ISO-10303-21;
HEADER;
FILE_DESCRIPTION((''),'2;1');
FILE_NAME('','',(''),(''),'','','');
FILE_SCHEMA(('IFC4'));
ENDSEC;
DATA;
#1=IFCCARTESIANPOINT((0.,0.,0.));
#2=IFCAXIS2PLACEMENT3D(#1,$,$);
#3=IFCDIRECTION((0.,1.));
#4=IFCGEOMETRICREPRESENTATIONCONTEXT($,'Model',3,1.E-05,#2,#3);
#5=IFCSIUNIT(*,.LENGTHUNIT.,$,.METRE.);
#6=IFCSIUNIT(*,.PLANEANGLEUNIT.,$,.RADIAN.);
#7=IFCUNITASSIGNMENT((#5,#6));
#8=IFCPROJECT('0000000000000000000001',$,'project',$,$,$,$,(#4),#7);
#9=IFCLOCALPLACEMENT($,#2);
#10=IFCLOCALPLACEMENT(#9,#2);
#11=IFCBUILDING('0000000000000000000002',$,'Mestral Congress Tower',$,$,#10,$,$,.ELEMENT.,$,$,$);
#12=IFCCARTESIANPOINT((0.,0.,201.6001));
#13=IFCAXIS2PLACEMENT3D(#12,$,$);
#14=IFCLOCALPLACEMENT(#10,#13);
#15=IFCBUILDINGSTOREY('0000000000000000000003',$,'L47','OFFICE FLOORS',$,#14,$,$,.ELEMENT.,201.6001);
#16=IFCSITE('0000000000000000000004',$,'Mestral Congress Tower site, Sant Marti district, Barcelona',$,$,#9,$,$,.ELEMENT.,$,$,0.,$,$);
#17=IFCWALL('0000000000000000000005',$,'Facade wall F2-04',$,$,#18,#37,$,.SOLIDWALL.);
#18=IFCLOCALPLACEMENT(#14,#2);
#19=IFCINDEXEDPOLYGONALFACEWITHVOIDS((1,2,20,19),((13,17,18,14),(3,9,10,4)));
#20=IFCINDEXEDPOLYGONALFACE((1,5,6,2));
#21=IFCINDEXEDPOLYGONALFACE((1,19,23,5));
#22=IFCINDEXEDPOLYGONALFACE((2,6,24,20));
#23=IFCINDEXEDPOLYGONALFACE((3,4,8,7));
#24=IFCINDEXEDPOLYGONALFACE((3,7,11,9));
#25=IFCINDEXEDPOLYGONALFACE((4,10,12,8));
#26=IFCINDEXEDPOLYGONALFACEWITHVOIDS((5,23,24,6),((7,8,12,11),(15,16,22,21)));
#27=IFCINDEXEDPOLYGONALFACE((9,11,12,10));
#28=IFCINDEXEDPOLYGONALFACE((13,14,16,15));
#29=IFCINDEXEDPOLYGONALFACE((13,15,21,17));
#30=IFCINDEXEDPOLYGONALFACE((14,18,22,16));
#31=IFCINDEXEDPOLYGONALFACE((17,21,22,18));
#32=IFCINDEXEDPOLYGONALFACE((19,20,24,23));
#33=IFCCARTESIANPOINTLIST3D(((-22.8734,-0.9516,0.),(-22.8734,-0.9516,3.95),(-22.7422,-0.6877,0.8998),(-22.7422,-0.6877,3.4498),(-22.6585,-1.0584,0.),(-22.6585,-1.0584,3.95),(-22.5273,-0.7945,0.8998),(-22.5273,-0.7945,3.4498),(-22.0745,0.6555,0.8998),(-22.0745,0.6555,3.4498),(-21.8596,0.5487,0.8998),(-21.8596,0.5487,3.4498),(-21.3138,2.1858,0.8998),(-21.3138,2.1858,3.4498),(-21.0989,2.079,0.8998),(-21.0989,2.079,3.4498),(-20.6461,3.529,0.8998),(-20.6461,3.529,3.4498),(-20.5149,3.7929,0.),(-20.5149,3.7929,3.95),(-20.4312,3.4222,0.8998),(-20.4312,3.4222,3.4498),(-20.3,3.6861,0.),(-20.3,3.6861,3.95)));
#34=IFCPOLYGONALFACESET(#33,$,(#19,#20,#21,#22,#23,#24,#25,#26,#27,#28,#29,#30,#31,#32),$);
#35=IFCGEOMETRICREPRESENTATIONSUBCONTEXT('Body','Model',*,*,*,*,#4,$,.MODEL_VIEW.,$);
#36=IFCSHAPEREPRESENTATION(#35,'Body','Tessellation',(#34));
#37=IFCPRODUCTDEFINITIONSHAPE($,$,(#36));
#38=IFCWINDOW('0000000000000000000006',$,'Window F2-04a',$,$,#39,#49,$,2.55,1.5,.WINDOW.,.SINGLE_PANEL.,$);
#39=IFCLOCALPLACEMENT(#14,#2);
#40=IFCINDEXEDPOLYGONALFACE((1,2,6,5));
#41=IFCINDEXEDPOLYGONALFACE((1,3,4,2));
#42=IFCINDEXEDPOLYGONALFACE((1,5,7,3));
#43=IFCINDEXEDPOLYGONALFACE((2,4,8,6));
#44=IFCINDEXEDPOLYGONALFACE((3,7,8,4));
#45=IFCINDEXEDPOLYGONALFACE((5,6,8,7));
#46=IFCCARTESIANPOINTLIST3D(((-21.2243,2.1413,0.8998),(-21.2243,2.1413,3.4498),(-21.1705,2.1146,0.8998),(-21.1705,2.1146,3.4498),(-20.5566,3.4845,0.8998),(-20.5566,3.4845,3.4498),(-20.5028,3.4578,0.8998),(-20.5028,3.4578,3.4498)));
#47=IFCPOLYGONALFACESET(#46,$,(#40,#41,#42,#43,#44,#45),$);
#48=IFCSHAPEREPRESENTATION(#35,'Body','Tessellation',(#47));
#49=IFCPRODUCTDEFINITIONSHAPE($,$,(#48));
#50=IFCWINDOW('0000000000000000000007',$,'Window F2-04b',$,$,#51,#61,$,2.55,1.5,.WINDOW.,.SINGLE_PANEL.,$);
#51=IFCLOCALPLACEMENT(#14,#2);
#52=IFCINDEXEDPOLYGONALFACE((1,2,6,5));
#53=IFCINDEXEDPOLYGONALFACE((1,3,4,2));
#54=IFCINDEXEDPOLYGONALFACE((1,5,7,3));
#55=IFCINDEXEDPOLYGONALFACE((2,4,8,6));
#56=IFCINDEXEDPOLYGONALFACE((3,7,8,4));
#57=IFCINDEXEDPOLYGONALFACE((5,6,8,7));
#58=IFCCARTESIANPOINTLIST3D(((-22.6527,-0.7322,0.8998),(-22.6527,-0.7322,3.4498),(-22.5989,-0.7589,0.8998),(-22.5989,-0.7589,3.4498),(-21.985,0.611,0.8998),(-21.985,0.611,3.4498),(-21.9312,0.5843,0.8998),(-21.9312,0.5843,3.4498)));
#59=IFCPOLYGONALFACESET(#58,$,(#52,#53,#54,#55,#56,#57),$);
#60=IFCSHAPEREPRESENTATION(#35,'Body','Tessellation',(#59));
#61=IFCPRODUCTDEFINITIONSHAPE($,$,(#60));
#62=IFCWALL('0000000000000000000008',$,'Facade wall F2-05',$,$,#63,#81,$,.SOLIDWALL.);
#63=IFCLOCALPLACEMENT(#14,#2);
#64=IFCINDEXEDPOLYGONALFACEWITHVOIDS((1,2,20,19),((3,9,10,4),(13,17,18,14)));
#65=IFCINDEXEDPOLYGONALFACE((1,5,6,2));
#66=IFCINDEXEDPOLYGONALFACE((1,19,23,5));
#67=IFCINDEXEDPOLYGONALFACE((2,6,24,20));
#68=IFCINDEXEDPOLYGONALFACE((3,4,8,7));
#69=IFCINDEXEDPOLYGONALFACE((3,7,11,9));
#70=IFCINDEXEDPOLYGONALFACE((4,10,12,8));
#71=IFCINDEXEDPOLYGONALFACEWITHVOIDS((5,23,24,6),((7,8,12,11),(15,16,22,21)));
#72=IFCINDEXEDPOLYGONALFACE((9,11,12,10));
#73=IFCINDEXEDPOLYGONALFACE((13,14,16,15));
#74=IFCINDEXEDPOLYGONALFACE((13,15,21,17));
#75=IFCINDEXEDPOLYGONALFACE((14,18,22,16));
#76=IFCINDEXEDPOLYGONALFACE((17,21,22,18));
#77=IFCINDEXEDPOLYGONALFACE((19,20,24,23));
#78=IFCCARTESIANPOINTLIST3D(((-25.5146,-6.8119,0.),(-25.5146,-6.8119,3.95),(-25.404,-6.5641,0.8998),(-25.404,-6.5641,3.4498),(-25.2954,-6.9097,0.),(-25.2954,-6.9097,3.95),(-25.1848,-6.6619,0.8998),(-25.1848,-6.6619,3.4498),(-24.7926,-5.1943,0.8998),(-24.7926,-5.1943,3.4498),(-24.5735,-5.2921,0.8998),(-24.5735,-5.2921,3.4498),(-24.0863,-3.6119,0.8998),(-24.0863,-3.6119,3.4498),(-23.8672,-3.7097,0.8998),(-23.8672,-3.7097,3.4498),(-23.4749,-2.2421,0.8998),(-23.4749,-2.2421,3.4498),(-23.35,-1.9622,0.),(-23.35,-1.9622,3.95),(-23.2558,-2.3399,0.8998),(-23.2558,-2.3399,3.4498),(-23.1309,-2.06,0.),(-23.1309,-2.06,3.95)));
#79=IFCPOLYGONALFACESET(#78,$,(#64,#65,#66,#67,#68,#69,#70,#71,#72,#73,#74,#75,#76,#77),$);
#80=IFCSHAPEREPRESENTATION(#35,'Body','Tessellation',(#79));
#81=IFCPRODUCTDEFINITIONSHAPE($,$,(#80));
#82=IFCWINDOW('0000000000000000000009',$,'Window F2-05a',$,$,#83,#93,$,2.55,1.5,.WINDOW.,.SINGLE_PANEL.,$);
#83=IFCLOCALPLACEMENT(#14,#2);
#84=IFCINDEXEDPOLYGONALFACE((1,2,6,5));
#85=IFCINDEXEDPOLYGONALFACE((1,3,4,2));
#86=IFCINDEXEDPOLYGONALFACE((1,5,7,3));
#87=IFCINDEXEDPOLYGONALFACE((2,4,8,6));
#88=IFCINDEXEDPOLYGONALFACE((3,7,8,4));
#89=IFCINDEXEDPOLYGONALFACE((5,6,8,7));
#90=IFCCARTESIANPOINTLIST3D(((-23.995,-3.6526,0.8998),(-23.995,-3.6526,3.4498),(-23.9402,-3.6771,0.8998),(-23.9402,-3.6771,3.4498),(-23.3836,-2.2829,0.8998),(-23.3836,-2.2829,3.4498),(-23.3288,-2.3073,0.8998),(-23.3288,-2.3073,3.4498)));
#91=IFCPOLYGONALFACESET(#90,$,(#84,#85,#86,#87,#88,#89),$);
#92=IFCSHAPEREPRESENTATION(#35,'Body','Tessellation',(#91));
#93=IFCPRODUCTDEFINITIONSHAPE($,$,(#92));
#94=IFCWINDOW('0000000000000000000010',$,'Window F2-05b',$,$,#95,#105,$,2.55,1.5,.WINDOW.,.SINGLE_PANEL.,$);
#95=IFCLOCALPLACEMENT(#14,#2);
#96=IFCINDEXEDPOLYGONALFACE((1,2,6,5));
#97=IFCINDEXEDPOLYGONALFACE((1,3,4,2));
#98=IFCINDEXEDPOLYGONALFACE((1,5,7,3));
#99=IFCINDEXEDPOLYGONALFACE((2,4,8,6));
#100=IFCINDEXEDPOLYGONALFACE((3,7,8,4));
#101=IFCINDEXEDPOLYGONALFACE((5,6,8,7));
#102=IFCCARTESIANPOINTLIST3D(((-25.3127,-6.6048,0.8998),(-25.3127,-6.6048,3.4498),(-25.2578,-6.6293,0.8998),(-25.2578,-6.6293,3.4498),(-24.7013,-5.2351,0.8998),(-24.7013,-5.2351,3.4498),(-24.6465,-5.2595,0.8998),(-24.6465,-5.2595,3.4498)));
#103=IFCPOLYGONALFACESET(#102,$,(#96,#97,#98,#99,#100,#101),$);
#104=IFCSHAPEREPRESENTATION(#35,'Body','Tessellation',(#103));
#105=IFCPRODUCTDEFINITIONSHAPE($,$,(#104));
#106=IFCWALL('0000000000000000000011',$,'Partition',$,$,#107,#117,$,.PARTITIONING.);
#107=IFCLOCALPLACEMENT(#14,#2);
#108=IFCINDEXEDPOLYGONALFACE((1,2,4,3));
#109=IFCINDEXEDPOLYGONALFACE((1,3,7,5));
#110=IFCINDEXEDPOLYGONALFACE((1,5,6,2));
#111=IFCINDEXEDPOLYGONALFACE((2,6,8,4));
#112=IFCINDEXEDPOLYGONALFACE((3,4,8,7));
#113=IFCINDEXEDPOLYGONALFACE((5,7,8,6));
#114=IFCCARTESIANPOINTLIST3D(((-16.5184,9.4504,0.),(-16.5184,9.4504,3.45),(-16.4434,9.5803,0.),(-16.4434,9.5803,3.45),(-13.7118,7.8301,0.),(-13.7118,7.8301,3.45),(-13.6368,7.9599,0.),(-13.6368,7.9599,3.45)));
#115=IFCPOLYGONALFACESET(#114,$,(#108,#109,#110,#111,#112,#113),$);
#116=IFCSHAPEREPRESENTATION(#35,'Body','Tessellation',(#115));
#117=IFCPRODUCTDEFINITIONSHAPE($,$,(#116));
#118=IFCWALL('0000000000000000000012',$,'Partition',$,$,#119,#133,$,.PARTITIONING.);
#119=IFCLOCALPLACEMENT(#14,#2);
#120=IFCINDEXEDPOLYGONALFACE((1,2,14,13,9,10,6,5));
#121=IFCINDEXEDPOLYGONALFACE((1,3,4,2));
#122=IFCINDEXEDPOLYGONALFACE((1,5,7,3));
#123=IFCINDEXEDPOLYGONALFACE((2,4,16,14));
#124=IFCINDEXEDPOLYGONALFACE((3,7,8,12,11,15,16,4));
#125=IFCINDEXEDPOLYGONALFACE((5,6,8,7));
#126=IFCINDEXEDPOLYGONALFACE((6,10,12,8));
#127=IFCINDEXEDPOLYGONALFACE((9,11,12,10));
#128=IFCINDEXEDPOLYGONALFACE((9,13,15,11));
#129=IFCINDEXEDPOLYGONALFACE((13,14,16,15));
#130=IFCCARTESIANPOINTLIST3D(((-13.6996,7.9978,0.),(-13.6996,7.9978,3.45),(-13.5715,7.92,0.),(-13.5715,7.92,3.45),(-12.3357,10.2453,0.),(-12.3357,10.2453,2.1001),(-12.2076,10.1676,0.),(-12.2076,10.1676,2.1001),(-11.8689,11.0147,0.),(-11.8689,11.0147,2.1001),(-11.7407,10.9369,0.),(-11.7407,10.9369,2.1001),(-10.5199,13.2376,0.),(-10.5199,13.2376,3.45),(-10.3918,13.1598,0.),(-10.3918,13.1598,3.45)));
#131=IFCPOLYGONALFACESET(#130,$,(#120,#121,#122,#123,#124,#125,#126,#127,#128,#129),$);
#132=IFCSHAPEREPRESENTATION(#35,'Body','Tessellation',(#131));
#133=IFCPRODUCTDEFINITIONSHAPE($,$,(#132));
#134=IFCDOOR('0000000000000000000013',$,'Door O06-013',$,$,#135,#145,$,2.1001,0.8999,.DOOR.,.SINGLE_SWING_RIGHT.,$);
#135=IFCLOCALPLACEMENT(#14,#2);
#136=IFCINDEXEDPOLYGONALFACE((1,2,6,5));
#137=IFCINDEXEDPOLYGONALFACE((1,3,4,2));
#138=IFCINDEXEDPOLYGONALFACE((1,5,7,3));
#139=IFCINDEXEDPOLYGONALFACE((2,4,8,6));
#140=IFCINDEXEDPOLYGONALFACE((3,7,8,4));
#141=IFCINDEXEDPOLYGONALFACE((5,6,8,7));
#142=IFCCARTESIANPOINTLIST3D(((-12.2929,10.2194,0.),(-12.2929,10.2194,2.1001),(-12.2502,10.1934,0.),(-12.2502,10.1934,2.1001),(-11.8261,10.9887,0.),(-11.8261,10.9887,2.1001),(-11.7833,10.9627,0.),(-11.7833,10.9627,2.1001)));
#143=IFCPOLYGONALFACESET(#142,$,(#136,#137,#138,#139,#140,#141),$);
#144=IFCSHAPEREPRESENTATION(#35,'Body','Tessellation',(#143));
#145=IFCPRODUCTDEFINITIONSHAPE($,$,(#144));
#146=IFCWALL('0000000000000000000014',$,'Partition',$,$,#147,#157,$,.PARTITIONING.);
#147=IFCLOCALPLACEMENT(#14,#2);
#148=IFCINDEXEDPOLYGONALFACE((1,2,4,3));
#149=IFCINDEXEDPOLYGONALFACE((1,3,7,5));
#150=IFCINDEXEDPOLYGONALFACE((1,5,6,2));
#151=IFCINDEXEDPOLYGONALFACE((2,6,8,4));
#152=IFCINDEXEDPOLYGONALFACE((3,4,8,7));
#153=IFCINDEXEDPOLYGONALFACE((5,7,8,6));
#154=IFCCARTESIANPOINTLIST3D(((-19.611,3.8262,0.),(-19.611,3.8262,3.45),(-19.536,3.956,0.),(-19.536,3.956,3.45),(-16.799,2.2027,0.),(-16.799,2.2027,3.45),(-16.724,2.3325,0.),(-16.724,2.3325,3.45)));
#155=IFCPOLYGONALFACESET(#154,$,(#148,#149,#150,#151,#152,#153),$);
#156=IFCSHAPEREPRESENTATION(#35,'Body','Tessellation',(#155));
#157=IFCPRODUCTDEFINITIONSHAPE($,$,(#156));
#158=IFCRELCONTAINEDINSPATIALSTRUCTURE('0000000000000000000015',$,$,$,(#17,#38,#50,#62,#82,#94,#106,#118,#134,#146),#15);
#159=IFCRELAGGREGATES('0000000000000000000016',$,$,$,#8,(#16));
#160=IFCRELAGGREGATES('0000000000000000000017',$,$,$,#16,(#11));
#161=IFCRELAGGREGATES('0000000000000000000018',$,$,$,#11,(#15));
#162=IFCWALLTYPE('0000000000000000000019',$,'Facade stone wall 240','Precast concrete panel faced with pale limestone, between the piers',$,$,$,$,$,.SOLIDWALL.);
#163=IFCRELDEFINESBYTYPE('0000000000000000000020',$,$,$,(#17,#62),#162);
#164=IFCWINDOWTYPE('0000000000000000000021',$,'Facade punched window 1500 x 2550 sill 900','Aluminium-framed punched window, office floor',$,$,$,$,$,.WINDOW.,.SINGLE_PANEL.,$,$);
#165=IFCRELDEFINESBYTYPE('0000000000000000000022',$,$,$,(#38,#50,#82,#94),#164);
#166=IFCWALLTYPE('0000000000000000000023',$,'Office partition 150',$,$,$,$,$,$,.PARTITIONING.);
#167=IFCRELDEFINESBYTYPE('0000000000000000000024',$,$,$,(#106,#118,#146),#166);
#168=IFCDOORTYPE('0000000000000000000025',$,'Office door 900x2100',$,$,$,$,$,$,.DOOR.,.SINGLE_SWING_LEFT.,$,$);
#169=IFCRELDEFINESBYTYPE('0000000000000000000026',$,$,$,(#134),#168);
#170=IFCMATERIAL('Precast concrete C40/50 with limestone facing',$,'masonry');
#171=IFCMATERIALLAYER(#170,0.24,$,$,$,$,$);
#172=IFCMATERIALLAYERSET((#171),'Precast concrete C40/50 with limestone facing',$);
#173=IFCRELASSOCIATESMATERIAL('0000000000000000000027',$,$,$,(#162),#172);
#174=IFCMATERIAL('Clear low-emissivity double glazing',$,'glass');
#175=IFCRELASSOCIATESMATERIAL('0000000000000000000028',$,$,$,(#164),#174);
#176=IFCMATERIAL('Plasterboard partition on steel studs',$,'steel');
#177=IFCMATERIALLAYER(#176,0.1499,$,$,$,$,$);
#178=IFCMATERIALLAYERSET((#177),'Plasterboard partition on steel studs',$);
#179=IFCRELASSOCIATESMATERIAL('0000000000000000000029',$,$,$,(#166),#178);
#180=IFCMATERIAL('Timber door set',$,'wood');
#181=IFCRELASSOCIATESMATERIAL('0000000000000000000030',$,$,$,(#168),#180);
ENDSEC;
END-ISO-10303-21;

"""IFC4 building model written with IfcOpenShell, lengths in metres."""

from ifc_helpers import new_model, si_unit, direction, frame, frame_2d, origin, place, context, subcontext, project, spatial, rectangle, extrude, material, layer, layer_set, type_object, element, fill, save


model = new_model("IFC4")

# Units and contexts
model_context = context("Model", 3, precision=1e-05, world=origin(), true_north=direction((0.0, 1.0)))
body_context = subcontext(model_context, "Body", "Model", "MODEL_VIEW")
ifc_project = project(units=[si_unit("LENGTHUNIT", "METRE"), si_unit("PLANEANGLEUNIT", "RADIAN")], contexts=[model_context])

# Site, building, storey
site_placement = place(None, origin())
site = spatial("IfcSite", under=ifc_project, at=site_placement, Name="Mestral Congress Tower site, Sant Marti district, Barcelona", CompositionType="ELEMENT", RefElevation=0.0)
building_placement = place(site_placement, origin())
building = spatial("IfcBuilding", under=site, at=building_placement, Name="Mestral Congress Tower", CompositionType="ELEMENT")
storey_placement = place(building_placement, frame((0.0, 0.0, 201.6001)))
storey = spatial("IfcBuildingStorey", under=building, at=storey_placement, Name="L47", Description="OFFICE FLOORS", CompositionType="ELEMENT", Elevation=201.6001)

# Walls, openings, windows
ifc_material_1 = material(Name="Precast concrete C40/50 with limestone facing", Category="masonry")
ifc_layer_1 = layer(ifc_material_1, 0.24)
ifc_layer_set_1 = layer_set([ifc_layer_1], Name="Precast concrete C40/50 with limestone facing")
wall_type_1 = type_object("IfcWallType", Name="Facade stone wall 240", Description="Precast concrete panel faced with pale limestone, between the piers", PredefinedType="SOLIDWALL", material=ifc_layer_set_1)
ifc_material_2 = material(Name="Clear low-emissivity double glazing", Category="glass")
window_type = type_object("IfcWindowType", Name="Facade punched window 1500 x 2550 sill 900", Description="Aluminium-framed punched window, office floor", PartitioningType="SINGLE_PANEL", PredefinedType="WINDOW", material=ifc_material_2)
wall_1_placement = place(storey_placement, frame((-20.4075, 3.7395, 0.0), z_axis=(0.0, 0.0, 1.0), x_axis=(-0.44513, -0.895466, 0.0)))
wall_1 = element("IfcWall", 1, at=wall_1_placement, inside=storey, type_object=wall_type_1, Name="Facade wall F2-04", PredefinedType="SOLIDWALL", context=body_context, shape_type="SweptSolid", body=[
    extrude(rectangle(XDim=5.2983, YDim=0.24, at=frame_2d((2.6492, 0.0))), origin(), (0.0, 0.0, 1.0), 3.95),
])
opening_1_placement = place(wall_1_placement, frame((0.2947, 0.0, 0.8999)))
opening_1 = element("IfcOpeningElement", 2, at=opening_1_placement, cuts=wall_1, PredefinedType="OPENING", context=body_context, shape_type="SweptSolid", body=[
    extrude(rectangle(XDim=1.5, YDim=2.55, at=frame_2d((0.75, 1.2749))), frame((0.0, 0.1299, 0.0), z_axis=(0.0, -1.0, 0.0), x_axis=(1.0, 0.0, 0.0)), (0.0, 0.0, 1.0), 0.26),
])
opening_2_placement = place(wall_1_placement, frame((3.5037, 0.0, 0.8999)))
opening_2 = element("IfcOpeningElement", 3, at=opening_2_placement, cuts=wall_1, PredefinedType="OPENING", context=body_context, shape_type="SweptSolid", body=[
    extrude(rectangle(XDim=1.5, YDim=2.55, at=frame_2d((0.75, 1.2749))), frame((0.0, 0.1299, 0.0), z_axis=(0.0, -1.0, 0.0), x_axis=(1.0, 0.0, 0.0)), (0.0, 0.0, 1.0), 0.26),
])
window_1_placement = place(opening_1_placement, origin())
window_1 = element("IfcWindow", 4, at=window_1_placement, inside=storey, type_object=window_type, Name="Window F2-04a", OverallHeight=2.55, OverallWidth=1.5, PartitioningType="SINGLE_PANEL", PredefinedType="WINDOW", context=body_context, shape_type="SweptSolid", body=[
    extrude(rectangle(XDim=1.5, YDim=2.55, at=frame_2d((0.75, 1.2749))), frame((0.0, 0.04, 0.0), z_axis=(0.0, -1.0, 0.0), x_axis=(1.0, 0.0, 0.0)), (0.0, 0.0, 1.0), 0.0601),
])
fill(opening_1, window_1)
window_2_placement = place(opening_2_placement, origin())
window_2 = element("IfcWindow", 5, at=window_2_placement, inside=storey, type_object=window_type, Name="Window F2-04b", OverallHeight=2.55, OverallWidth=1.5, PartitioningType="SINGLE_PANEL", PredefinedType="WINDOW", context=body_context, shape_type="SweptSolid", body=[
    extrude(rectangle(XDim=1.5, YDim=2.55, at=frame_2d((0.75, 1.2749))), frame((0.0, 0.04, 0.0), z_axis=(0.0, -1.0, 0.0), x_axis=(1.0, 0.0, 0.0)), (0.0, 0.0, 1.0), 0.0601),
])
fill(opening_2, window_2)
wall_2_placement = place(storey_placement, frame((-23.2405, -2.0112, 0.0), z_axis=(0.0, 0.0, 1.0), x_axis=(-0.40758, -0.91317, 0.0)))
wall_2 = element("IfcWall", 6, at=wall_2_placement, inside=storey, type_object=wall_type_1, Name="Facade wall F2-05", PredefinedType="SOLIDWALL", context=body_context, shape_type="SweptSolid", body=[
    extrude(rectangle(XDim=5.3108, YDim=0.24, at=frame_2d((2.6553, 0.0))), origin(), (0.0, 0.0, 1.0), 3.95),
])
opening_3_placement = place(wall_2_placement, frame((0.3064, 0.0, 0.8999)))
opening_3 = element("IfcOpeningElement", 7, at=opening_3_placement, cuts=wall_2, PredefinedType="OPENING", context=body_context, shape_type="SweptSolid", body=[
    extrude(rectangle(XDim=1.5, YDim=2.55, at=frame_2d((0.75, 1.2749))), frame((0.0, 0.1299, 0.0), z_axis=(0.0, -1.0, 0.0), x_axis=(1.0, 0.0, 0.0)), (0.0, 0.0, 1.0), 0.26),
])
opening_4_placement = place(wall_2_placement, frame((3.5393, 0.0, 0.8999)))
opening_4 = element("IfcOpeningElement", 8, at=opening_4_placement, cuts=wall_2, PredefinedType="OPENING", context=body_context, shape_type="SweptSolid", body=[
    extrude(rectangle(XDim=1.5, YDim=2.55, at=frame_2d((0.75, 1.2749))), frame((0.0, 0.1299, 0.0), z_axis=(0.0, -1.0, 0.0), x_axis=(1.0, 0.0, 0.0)), (0.0, 0.0, 1.0), 0.26),
])
window_3_placement = place(opening_3_placement, origin())
window_3 = element("IfcWindow", 9, at=window_3_placement, inside=storey, type_object=window_type, Name="Window F2-05a", OverallHeight=2.55, OverallWidth=1.5, PartitioningType="SINGLE_PANEL", PredefinedType="WINDOW", context=body_context, shape_type="SweptSolid", body=[
    extrude(rectangle(XDim=1.5, YDim=2.55, at=frame_2d((0.75, 1.2749))), frame((0.0, 0.04, 0.0), z_axis=(0.0, -1.0, 0.0), x_axis=(1.0, 0.0, 0.0)), (0.0, 0.0, 1.0), 0.0601),
])
fill(opening_3, window_3)
window_4_placement = place(opening_4_placement, origin())
window_4 = element("IfcWindow", 10, at=window_4_placement, inside=storey, type_object=window_type, Name="Window F2-05b", OverallHeight=2.55, OverallWidth=1.5, PartitioningType="SINGLE_PANEL", PredefinedType="WINDOW", context=body_context, shape_type="SweptSolid", body=[
    extrude(rectangle(XDim=1.5, YDim=2.55, at=frame_2d((0.75, 1.2749))), frame((0.0, 0.04, 0.0), z_axis=(0.0, -1.0, 0.0), x_axis=(1.0, 0.0, 0.0)), (0.0, 0.0, 1.0), 0.0601),
])
fill(opening_4, window_4)

# Wall
ifc_material_3 = material(Name="Plasterboard partition on steel studs", Category="steel")
ifc_layer_2 = layer(ifc_material_3, 0.1499)
ifc_layer_set_2 = layer_set([ifc_layer_2], Name="Plasterboard partition on steel studs")
wall_type_2 = type_object("IfcWallType", Name="Office partition 150", PredefinedType="PARTITIONING", material=ifc_layer_set_2)
wall_3_placement = place(storey_placement, frame((-13.6743, 7.895, 0.0), z_axis=(0.0, 0.0, 1.0), x_axis=(-0.866033, 0.499988, 0.0)))
element("IfcWall", 11, at=wall_3_placement, inside=storey, type_object=wall_type_2, Name="Partition", PredefinedType="PARTITIONING", context=body_context, shape_type="SweptSolid", body=[
    extrude(rectangle(XDim=3.2407, YDim=0.1499, at=frame_2d((1.6204, 0.0))), origin(), (0.0, 0.0, 1.0), 3.45),
])

# Wall, opening, door
wall_4_placement = place(storey_placement, frame((-13.6355, 7.959, 0.0), z_axis=(0.0, 0.0, 1.0), x_axis=(0.518789, 0.854902, 0.0)))
wall_4 = element("IfcWall", 12, at=wall_4_placement, inside=storey, type_object=wall_type_2, Name="Partition", PredefinedType="PARTITIONING", context=body_context, shape_type="SweptSolid", body=[
    extrude(rectangle(XDim=6.1292, YDim=0.1499, at=frame_2d((3.0645, 0.0))), origin(), (0.0, 0.0, 1.0), 3.45),
])
opening_5_placement = place(wall_4_placement, frame((2.6289, 0.0, 0.0)))
opening_5 = element("IfcOpeningElement", 13, at=opening_5_placement, cuts=wall_4, PredefinedType="OPENING", context=body_context, shape_type="SweptSolid", body=[
    extrude(rectangle(XDim=0.8999, YDim=2.1001, at=frame_2d((0.45, 1.05))), frame((0.0, 0.085, 0.0), z_axis=(0.0, -1.0, 0.0), x_axis=(1.0, 0.0, 0.0)), (0.0, 0.0, 1.0), 0.1699),
])
ifc_material_4 = material(Name="Timber door set", Category="wood")
door_type_1 = type_object("IfcDoorType", Name="Office door 900x2100", OperationType="SINGLE_SWING_LEFT", PredefinedType="DOOR", material=ifc_material_4)
door_1_placement = place(opening_5_placement, origin())
door_1 = element("IfcDoor", 14, at=door_1_placement, inside=storey, type_object=door_type_1, Name="Door O06-013", OperationType="SINGLE_SWING_RIGHT", OverallHeight=2.1001, OverallWidth=0.8999, PredefinedType="DOOR", context=body_context, shape_type="SweptSolid", body=[
    extrude(rectangle(XDim=0.8999, YDim=2.1001, at=frame_2d((0.45, 1.05))), frame((0.0, 0.0249, 0.0), z_axis=(0.0, -1.0, 0.0), x_axis=(1.0, 0.0, 0.0)), (0.0, 0.0, 1.0), 0.05),
])
fill(opening_5, door_1)

# Wall
wall_5_placement = place(storey_placement, frame((-16.7615, 2.2676, 0.0), z_axis=(0.0, 0.0, 1.0), x_axis=(-0.866023, 0.500004, 0.0)))
element("IfcWall", 15, at=wall_5_placement, inside=storey, type_object=wall_type_2, Name="Partition", PredefinedType="PARTITIONING", context=body_context, shape_type="SweptSolid", body=[
    extrude(rectangle(XDim=3.2471, YDim=0.1499, at=frame_2d((1.6235, 0.0))), origin(), (0.0, 0.0, 1.0), 3.45),
])

save(model, "model.ifc")
